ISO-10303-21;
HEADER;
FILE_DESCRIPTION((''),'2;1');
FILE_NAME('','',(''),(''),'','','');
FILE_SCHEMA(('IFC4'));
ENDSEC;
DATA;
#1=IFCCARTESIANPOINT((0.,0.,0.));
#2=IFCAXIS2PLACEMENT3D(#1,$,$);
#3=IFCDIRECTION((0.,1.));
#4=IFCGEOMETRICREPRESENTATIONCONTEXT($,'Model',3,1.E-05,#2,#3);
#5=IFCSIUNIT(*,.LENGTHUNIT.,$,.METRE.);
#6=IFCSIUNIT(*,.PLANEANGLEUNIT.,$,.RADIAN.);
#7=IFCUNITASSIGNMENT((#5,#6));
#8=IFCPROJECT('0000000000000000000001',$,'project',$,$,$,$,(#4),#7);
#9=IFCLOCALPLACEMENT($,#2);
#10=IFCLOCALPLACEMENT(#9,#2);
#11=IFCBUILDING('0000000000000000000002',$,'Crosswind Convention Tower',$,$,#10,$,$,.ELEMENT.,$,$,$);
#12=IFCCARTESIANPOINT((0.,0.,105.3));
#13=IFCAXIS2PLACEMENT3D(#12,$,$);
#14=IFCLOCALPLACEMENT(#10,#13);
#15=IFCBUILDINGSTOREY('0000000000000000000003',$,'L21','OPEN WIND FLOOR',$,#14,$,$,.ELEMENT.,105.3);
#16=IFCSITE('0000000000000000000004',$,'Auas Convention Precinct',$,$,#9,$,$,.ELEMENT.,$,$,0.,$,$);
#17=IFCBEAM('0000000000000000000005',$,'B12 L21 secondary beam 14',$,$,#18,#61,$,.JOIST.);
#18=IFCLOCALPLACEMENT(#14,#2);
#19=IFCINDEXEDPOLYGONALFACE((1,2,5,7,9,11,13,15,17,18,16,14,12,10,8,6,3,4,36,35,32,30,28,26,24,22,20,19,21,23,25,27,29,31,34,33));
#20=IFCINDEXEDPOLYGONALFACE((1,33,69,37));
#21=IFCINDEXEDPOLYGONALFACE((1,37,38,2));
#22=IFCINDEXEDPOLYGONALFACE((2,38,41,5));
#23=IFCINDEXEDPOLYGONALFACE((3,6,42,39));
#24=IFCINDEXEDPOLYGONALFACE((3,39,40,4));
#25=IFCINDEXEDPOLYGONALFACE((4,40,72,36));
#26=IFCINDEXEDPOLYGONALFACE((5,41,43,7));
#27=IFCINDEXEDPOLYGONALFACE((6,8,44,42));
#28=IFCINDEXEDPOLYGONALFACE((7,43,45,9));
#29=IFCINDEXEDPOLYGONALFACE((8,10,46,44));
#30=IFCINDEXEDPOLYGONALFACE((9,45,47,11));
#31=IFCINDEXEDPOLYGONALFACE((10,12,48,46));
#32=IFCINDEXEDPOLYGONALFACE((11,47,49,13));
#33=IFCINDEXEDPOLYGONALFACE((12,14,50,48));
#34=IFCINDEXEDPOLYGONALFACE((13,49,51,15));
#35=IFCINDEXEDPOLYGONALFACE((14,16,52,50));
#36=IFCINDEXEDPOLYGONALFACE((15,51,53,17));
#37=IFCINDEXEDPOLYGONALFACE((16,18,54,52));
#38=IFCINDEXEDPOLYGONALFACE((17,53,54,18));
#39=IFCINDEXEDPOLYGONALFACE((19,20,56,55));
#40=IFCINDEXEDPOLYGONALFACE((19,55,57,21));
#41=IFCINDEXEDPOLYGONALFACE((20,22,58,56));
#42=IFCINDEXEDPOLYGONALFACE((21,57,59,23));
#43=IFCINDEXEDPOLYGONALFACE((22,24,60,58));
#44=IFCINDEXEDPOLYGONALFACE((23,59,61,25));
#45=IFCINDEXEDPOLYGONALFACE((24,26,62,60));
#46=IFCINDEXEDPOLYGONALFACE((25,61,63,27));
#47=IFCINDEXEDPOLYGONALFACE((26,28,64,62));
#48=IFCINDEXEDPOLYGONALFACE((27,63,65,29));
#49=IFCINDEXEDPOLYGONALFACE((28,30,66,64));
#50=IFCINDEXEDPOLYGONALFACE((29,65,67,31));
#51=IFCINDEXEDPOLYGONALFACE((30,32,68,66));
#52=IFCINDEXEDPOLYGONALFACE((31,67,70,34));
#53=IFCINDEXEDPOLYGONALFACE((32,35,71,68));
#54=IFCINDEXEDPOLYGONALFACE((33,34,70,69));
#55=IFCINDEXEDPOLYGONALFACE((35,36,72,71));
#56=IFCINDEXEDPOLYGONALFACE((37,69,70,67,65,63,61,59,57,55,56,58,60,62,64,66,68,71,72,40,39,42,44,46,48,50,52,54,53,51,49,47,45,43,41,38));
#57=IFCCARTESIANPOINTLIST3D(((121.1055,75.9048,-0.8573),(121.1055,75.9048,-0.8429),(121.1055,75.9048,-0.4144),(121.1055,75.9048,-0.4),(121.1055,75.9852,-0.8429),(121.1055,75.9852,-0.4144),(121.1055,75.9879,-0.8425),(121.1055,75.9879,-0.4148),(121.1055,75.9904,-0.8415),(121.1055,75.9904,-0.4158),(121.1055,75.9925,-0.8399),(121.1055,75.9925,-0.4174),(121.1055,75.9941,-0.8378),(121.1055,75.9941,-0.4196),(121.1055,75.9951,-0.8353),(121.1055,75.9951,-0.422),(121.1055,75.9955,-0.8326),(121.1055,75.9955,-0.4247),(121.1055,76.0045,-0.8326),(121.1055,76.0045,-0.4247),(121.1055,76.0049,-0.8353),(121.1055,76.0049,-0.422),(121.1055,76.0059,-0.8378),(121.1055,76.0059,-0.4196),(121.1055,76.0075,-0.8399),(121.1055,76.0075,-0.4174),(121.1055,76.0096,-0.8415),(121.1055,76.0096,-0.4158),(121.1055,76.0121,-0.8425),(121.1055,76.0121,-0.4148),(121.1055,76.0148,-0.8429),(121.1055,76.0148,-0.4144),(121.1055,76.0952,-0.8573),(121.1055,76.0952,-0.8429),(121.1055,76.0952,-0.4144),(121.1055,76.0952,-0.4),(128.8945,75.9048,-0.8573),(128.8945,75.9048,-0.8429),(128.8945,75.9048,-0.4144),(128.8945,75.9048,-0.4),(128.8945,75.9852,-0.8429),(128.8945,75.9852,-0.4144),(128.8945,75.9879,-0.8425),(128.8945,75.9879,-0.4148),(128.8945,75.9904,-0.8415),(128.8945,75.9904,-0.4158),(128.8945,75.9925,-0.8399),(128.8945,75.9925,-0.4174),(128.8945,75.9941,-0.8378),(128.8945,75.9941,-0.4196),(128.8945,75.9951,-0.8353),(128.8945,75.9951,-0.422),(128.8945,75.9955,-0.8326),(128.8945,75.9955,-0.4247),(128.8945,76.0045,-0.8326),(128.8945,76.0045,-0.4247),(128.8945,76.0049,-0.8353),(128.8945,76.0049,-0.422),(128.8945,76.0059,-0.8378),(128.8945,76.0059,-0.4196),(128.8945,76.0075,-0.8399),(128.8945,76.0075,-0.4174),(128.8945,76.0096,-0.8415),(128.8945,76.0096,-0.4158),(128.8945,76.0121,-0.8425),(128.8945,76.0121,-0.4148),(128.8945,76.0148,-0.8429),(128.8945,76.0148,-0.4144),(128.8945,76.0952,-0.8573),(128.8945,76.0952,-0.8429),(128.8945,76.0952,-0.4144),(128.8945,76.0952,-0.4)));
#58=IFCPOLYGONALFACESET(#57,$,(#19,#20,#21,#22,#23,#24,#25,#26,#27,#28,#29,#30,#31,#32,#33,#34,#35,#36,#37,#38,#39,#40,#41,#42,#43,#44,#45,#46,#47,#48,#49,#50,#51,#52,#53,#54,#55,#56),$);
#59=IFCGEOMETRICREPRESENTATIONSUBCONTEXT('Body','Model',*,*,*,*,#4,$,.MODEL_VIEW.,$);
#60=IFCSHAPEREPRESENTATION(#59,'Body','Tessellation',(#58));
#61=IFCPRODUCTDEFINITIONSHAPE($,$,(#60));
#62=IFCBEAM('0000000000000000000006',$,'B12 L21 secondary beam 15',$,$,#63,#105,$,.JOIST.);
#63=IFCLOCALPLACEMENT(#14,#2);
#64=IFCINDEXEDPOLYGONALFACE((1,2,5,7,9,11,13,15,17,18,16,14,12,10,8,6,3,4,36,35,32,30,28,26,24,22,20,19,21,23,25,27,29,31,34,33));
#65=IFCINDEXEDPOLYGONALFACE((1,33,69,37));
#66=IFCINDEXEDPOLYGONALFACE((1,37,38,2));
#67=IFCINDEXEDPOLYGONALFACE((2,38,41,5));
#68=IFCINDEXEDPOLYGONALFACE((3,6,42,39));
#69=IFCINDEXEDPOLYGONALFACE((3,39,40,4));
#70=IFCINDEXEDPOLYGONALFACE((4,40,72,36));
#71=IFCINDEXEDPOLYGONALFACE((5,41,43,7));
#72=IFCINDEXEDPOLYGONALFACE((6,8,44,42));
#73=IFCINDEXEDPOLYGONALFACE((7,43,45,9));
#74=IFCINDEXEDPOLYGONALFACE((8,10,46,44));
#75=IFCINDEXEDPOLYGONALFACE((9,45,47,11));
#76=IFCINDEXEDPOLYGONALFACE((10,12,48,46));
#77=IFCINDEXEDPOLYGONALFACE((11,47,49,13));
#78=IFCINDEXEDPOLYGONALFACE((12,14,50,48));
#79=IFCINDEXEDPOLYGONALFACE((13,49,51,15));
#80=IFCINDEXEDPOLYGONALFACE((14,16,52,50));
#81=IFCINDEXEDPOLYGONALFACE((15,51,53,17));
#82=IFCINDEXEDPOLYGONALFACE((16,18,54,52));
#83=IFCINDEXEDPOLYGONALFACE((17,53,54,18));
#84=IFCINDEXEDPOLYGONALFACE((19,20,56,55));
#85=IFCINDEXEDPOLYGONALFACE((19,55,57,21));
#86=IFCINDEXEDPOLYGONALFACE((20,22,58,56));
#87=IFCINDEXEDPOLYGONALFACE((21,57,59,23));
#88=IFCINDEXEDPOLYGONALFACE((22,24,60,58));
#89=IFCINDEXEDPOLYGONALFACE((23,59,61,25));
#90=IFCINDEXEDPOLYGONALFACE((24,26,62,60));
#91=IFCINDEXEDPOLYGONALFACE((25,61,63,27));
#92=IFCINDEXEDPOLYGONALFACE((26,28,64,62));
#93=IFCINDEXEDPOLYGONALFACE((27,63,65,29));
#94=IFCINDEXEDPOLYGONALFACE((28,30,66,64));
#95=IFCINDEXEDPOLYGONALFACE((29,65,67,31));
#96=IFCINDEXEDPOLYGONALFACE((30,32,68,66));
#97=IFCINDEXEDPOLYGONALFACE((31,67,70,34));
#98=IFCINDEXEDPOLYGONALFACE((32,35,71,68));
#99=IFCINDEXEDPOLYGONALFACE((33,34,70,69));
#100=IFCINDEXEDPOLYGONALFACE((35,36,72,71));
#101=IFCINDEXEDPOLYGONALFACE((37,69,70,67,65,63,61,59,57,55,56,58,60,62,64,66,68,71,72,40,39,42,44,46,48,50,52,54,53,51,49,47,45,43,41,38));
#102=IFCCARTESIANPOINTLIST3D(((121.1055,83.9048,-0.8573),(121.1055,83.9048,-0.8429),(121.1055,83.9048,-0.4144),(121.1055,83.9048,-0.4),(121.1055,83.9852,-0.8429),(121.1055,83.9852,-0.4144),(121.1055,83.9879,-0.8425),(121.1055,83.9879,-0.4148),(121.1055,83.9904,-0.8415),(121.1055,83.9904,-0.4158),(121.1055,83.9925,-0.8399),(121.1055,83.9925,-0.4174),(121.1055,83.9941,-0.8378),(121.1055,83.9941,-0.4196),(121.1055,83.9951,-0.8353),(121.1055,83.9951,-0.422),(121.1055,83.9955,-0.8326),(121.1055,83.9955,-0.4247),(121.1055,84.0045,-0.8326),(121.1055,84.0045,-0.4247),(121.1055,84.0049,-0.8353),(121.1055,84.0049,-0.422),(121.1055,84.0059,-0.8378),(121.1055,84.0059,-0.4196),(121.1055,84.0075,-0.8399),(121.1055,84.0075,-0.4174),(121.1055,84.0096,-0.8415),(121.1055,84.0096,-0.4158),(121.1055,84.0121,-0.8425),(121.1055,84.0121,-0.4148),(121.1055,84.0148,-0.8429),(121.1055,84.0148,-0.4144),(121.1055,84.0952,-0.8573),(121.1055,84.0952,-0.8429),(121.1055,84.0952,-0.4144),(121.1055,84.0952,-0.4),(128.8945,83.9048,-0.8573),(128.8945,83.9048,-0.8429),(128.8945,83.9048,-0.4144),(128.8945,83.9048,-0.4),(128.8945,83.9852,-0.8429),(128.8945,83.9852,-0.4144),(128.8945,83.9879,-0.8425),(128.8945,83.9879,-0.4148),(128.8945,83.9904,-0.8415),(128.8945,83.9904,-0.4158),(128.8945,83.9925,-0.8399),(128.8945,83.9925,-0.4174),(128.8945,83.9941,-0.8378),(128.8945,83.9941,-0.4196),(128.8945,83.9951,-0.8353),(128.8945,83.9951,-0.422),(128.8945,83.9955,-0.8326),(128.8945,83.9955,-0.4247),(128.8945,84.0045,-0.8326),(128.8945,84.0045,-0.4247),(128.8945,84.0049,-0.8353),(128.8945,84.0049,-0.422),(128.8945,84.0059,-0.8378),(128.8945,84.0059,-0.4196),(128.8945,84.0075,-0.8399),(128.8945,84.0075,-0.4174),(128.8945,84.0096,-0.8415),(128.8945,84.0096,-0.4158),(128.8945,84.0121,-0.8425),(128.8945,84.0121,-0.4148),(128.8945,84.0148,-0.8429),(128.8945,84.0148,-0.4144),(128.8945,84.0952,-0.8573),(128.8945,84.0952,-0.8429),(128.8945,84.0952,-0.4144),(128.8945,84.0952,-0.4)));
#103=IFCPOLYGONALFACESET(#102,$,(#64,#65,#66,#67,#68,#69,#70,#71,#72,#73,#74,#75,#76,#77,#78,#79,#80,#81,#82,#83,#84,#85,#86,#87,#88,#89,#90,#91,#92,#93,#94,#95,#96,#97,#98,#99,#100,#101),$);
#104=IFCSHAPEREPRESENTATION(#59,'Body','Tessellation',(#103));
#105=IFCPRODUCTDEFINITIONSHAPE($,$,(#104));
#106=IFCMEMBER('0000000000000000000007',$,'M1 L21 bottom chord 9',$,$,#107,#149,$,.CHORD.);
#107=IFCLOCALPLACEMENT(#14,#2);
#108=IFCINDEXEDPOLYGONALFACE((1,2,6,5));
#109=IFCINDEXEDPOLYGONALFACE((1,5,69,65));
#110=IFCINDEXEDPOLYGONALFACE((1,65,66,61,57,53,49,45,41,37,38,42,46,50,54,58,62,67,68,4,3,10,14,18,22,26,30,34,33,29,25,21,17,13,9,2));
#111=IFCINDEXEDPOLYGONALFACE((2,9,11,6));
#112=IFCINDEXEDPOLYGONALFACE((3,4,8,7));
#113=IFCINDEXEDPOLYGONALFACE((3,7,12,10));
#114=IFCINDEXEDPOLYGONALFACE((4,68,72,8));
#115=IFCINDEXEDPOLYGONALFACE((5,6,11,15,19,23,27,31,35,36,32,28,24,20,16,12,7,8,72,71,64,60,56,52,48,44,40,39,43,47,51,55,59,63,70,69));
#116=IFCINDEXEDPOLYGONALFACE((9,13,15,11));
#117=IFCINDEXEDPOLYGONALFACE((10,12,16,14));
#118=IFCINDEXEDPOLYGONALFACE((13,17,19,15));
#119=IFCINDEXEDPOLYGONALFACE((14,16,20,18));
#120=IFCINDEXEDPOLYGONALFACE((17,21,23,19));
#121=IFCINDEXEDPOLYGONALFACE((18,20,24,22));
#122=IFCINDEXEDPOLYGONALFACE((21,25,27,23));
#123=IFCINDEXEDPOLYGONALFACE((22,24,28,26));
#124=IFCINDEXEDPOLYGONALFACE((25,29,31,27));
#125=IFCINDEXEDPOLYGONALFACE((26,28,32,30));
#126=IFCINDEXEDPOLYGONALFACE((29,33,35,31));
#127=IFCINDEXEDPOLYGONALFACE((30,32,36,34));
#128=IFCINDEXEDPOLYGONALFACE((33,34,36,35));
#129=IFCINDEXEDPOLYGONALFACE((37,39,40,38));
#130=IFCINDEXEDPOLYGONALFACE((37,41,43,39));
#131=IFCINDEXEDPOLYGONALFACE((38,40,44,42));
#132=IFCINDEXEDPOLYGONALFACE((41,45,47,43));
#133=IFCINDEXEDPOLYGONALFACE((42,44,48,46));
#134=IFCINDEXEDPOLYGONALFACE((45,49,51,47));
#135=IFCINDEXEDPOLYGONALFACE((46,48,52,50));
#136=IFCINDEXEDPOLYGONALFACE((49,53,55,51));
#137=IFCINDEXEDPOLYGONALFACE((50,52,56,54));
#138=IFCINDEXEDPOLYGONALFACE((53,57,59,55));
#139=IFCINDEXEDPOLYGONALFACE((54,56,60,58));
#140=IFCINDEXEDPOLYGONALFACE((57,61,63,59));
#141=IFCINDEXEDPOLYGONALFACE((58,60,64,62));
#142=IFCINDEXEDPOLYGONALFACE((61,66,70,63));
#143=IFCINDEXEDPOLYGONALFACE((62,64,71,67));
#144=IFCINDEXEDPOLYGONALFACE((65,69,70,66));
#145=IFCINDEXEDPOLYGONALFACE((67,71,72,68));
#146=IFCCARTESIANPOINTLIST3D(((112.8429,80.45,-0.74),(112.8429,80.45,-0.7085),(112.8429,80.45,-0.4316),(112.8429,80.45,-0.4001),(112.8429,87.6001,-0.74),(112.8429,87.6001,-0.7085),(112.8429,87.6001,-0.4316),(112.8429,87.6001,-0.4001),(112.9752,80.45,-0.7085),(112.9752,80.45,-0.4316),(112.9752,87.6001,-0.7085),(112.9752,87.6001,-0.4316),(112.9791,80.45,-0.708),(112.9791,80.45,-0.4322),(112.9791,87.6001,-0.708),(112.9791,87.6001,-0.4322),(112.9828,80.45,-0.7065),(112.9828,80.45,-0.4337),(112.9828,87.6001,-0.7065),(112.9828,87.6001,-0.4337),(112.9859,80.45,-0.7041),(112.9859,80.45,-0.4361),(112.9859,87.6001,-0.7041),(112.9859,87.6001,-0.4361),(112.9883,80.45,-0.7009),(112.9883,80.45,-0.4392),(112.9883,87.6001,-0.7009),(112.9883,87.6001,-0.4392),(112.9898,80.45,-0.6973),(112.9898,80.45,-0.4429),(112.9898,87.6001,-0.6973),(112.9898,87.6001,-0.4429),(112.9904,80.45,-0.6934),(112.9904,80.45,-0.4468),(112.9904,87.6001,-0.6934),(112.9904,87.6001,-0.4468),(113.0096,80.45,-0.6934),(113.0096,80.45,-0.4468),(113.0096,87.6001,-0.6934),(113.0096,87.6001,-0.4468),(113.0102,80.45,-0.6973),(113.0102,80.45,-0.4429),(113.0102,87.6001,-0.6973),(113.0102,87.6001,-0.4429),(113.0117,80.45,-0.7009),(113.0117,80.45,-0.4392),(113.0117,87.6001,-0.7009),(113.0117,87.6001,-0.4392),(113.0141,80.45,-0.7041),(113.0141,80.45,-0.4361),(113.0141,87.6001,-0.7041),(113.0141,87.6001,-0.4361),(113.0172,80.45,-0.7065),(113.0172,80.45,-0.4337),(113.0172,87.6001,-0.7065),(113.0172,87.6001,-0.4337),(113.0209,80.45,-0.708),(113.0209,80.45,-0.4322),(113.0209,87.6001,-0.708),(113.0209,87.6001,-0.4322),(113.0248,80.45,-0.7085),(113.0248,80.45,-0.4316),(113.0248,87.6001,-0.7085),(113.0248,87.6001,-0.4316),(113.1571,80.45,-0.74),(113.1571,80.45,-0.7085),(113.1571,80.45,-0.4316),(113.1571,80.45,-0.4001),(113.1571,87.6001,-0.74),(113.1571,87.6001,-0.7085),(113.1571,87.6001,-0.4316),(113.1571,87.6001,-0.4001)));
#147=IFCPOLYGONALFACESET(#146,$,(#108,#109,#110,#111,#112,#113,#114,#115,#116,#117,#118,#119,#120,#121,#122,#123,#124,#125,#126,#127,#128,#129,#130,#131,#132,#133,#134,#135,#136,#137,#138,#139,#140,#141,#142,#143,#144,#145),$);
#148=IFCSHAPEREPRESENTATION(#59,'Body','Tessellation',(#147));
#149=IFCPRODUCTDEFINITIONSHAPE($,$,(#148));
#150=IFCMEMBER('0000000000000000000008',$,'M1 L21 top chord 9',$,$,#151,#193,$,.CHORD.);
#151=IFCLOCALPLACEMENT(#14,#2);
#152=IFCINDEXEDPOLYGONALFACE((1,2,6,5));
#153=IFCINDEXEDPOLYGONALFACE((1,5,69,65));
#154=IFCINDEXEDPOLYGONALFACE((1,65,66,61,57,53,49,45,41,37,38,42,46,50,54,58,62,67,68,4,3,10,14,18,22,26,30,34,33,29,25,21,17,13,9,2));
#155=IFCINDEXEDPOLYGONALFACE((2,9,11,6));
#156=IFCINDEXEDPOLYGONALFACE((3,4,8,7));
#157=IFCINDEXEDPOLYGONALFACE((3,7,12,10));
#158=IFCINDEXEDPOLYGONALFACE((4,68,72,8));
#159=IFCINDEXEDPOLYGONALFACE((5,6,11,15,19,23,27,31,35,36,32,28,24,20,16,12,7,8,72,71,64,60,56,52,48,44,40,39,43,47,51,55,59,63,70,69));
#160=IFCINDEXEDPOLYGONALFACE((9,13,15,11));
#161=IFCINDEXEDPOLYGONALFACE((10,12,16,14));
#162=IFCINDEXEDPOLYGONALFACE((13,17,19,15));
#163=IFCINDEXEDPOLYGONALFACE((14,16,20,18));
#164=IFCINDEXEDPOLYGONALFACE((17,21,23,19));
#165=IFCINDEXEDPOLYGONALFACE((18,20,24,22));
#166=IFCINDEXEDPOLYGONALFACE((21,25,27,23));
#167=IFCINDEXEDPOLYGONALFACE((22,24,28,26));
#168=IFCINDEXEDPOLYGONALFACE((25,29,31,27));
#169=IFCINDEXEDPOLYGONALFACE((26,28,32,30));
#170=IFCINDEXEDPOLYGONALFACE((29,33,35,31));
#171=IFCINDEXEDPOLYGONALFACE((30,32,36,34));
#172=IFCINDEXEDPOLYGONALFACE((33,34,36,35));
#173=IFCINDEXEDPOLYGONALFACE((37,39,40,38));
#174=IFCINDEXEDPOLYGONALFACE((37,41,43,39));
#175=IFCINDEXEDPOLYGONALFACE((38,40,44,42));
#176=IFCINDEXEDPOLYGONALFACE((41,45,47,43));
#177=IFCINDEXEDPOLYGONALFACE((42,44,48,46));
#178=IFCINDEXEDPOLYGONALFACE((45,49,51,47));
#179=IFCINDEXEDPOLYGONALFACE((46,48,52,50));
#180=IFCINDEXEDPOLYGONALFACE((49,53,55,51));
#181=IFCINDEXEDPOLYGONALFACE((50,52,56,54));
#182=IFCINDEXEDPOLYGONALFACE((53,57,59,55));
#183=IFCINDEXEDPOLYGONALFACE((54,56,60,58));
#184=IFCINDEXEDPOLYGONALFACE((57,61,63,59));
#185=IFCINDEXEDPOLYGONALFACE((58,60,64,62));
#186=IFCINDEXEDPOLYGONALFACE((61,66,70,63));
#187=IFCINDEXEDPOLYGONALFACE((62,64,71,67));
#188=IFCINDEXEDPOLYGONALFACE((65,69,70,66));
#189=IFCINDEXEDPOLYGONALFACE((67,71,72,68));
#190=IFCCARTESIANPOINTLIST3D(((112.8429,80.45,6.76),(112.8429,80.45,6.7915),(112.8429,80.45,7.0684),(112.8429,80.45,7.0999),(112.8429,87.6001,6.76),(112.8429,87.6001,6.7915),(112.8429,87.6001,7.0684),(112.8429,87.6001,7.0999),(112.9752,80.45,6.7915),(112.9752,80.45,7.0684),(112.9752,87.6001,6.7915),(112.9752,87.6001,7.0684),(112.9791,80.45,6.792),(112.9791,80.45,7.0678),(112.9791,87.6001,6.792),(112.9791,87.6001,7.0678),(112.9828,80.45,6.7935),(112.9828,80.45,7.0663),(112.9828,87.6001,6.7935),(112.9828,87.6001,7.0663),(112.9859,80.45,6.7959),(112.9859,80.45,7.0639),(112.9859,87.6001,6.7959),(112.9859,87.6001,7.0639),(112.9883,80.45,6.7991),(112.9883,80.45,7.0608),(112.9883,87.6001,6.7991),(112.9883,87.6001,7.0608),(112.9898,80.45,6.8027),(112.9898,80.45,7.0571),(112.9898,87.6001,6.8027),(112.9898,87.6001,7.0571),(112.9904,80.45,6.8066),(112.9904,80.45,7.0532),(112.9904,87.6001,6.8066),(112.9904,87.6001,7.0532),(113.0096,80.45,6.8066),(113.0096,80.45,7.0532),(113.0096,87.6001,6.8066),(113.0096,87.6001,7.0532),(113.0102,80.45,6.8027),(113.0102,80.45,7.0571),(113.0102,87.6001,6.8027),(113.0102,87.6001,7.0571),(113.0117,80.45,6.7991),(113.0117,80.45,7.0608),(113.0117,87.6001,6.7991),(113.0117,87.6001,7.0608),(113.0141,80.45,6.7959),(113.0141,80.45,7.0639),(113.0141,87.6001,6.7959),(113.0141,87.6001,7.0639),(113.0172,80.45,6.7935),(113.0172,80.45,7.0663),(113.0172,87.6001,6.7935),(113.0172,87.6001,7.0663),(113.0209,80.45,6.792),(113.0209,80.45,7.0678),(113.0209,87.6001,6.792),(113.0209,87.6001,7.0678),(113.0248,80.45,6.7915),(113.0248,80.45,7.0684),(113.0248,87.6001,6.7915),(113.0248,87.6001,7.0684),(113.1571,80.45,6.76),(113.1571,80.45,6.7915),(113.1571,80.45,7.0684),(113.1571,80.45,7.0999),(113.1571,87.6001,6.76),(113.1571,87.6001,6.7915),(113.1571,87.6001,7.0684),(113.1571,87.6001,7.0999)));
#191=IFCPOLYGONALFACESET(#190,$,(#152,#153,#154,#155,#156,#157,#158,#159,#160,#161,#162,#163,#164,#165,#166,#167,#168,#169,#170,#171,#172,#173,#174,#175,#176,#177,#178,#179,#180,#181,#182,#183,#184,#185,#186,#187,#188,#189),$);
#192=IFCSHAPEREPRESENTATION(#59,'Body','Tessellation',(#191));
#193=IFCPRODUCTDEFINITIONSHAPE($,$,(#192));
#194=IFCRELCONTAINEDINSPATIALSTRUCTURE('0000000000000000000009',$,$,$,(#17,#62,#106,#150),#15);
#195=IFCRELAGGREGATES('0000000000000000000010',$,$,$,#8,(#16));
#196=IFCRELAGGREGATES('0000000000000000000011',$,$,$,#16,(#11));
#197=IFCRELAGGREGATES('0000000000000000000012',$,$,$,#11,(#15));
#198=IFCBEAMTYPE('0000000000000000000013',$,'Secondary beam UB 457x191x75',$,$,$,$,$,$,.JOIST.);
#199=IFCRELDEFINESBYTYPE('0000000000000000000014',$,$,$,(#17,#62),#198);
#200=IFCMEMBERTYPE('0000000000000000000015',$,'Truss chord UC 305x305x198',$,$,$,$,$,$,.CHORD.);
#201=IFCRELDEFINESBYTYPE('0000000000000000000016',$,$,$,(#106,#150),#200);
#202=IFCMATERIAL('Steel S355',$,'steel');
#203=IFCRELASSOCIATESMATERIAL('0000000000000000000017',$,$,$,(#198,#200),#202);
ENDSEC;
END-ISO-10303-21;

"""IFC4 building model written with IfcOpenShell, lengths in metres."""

from ifc_helpers import new_model, si_unit, direction, frame, origin, origin_2d, place, context, subcontext, project, spatial, i_section, extrude, material, material_profile, profile_set, type_object, element, save


model = new_model("IFC4")

# Units and contexts
model_context = context("Model", 3, precision=1e-05, world=origin(), true_north=direction((0.0, 1.0)))
body_context = subcontext(model_context, "Body", "Model", "MODEL_VIEW")
ifc_project = project(units=[si_unit("LENGTHUNIT", "METRE"), si_unit("PLANEANGLEUNIT", "RADIAN")], contexts=[model_context])

# Site, building, storey
site_placement = place(None, origin())
site = spatial("IfcSite", under=ifc_project, at=site_placement, Name="Auas Convention Precinct", CompositionType="ELEMENT", RefElevation=0.0)
building_placement = place(site_placement, origin())
building = spatial("IfcBuilding", under=site, at=building_placement, Name="Crosswind Convention Tower", CompositionType="ELEMENT")
storey_placement = place(building_placement, frame((0.0, 0.0, 105.3)))
storey = spatial("IfcBuildingStorey", under=building, at=storey_placement, Name="L21", Description="OPEN WIND FLOOR", CompositionType="ELEMENT", Elevation=105.3)

# Beams
ifc_material_1 = material(Name="Steel S355", Category="steel")
ifc_material_profile_1 = material_profile(ifc_material_1, i_section(OverallWidth=0.1904, OverallDepth=0.4573, WebThickness=0.009, FlangeThickness=0.0144, FilletRadius=0.0103, at=origin_2d()), Name="UB 457x191x75")
ifc_profile_set_1 = profile_set([ifc_material_profile_1], Name="Steel S355")
beam_type_1 = type_object("IfcBeamType", Name="Secondary beam UB 457x191x75", PredefinedType="JOIST", material=ifc_profile_set_1)
for number, where, z_axis, x_axis, name in (
    (1, (121.1055, 76.0, -0.6287), (1.0, 0.0, 0.0), (0.0, 1.0, 0.0), "B12 L21 secondary beam 14"),
    (2, (121.1055, 84.0, -0.6287), (1.0, 0.0, 0.0), (0.0, 1.0, 0.0), "B12 L21 secondary beam 15"),
):
    element("IfcBeam", number, at=place(storey_placement, frame(where, z_axis=z_axis, x_axis=x_axis)), inside=storey, type_object=beam_type_1, Name=name, PredefinedType="JOIST", context=body_context, shape_type="SweptSolid", body=[
        extrude(i_section(OverallWidth=0.1904, OverallDepth=0.4573, WebThickness=0.009, FlangeThickness=0.0144, FilletRadius=0.0103, at=origin_2d()), origin(), (0.0, 0.0, 1.0), 7.7891),
    ])

# Members
ifc_material_profile_2 = material_profile(ifc_material_1, i_section(OverallWidth=0.3142, OverallDepth=0.3398, WebThickness=0.0193, FlangeThickness=0.0315, FilletRadius=0.0151, at=origin_2d()), Name="UC 305x305x198")
ifc_profile_set_2 = profile_set([ifc_material_profile_2], Name="Steel S355")
member_type_1 = type_object("IfcMemberType", Name="Truss chord UC 305x305x198", PredefinedType="CHORD", material=ifc_profile_set_2)
for number, where, z_axis, x_axis, name in (
    (3, (113.0, 80.45, -0.5701), (0.0, 1.0, 0.0), (-1.0, 0.0, 0.0), "M1 L21 bottom chord 9"),
    (4, (113.0, 80.45, 6.9299), (0.0, 1.0, 0.0), (-1.0, 0.0, 0.0), "M1 L21 top chord 9"),
):
    element("IfcMember", number, at=place(storey_placement, frame(where, z_axis=z_axis, x_axis=x_axis)), inside=storey, type_object=member_type_1, Name=name, PredefinedType="CHORD", context=body_context, shape_type="SweptSolid", body=[
        extrude(i_section(OverallWidth=0.3142, OverallDepth=0.3398, WebThickness=0.0193, FlangeThickness=0.0315, FilletRadius=0.0151, at=origin_2d()), origin(), (0.0, 0.0, 1.0), 7.1501),
    ])

save(model, "model.ifc")
